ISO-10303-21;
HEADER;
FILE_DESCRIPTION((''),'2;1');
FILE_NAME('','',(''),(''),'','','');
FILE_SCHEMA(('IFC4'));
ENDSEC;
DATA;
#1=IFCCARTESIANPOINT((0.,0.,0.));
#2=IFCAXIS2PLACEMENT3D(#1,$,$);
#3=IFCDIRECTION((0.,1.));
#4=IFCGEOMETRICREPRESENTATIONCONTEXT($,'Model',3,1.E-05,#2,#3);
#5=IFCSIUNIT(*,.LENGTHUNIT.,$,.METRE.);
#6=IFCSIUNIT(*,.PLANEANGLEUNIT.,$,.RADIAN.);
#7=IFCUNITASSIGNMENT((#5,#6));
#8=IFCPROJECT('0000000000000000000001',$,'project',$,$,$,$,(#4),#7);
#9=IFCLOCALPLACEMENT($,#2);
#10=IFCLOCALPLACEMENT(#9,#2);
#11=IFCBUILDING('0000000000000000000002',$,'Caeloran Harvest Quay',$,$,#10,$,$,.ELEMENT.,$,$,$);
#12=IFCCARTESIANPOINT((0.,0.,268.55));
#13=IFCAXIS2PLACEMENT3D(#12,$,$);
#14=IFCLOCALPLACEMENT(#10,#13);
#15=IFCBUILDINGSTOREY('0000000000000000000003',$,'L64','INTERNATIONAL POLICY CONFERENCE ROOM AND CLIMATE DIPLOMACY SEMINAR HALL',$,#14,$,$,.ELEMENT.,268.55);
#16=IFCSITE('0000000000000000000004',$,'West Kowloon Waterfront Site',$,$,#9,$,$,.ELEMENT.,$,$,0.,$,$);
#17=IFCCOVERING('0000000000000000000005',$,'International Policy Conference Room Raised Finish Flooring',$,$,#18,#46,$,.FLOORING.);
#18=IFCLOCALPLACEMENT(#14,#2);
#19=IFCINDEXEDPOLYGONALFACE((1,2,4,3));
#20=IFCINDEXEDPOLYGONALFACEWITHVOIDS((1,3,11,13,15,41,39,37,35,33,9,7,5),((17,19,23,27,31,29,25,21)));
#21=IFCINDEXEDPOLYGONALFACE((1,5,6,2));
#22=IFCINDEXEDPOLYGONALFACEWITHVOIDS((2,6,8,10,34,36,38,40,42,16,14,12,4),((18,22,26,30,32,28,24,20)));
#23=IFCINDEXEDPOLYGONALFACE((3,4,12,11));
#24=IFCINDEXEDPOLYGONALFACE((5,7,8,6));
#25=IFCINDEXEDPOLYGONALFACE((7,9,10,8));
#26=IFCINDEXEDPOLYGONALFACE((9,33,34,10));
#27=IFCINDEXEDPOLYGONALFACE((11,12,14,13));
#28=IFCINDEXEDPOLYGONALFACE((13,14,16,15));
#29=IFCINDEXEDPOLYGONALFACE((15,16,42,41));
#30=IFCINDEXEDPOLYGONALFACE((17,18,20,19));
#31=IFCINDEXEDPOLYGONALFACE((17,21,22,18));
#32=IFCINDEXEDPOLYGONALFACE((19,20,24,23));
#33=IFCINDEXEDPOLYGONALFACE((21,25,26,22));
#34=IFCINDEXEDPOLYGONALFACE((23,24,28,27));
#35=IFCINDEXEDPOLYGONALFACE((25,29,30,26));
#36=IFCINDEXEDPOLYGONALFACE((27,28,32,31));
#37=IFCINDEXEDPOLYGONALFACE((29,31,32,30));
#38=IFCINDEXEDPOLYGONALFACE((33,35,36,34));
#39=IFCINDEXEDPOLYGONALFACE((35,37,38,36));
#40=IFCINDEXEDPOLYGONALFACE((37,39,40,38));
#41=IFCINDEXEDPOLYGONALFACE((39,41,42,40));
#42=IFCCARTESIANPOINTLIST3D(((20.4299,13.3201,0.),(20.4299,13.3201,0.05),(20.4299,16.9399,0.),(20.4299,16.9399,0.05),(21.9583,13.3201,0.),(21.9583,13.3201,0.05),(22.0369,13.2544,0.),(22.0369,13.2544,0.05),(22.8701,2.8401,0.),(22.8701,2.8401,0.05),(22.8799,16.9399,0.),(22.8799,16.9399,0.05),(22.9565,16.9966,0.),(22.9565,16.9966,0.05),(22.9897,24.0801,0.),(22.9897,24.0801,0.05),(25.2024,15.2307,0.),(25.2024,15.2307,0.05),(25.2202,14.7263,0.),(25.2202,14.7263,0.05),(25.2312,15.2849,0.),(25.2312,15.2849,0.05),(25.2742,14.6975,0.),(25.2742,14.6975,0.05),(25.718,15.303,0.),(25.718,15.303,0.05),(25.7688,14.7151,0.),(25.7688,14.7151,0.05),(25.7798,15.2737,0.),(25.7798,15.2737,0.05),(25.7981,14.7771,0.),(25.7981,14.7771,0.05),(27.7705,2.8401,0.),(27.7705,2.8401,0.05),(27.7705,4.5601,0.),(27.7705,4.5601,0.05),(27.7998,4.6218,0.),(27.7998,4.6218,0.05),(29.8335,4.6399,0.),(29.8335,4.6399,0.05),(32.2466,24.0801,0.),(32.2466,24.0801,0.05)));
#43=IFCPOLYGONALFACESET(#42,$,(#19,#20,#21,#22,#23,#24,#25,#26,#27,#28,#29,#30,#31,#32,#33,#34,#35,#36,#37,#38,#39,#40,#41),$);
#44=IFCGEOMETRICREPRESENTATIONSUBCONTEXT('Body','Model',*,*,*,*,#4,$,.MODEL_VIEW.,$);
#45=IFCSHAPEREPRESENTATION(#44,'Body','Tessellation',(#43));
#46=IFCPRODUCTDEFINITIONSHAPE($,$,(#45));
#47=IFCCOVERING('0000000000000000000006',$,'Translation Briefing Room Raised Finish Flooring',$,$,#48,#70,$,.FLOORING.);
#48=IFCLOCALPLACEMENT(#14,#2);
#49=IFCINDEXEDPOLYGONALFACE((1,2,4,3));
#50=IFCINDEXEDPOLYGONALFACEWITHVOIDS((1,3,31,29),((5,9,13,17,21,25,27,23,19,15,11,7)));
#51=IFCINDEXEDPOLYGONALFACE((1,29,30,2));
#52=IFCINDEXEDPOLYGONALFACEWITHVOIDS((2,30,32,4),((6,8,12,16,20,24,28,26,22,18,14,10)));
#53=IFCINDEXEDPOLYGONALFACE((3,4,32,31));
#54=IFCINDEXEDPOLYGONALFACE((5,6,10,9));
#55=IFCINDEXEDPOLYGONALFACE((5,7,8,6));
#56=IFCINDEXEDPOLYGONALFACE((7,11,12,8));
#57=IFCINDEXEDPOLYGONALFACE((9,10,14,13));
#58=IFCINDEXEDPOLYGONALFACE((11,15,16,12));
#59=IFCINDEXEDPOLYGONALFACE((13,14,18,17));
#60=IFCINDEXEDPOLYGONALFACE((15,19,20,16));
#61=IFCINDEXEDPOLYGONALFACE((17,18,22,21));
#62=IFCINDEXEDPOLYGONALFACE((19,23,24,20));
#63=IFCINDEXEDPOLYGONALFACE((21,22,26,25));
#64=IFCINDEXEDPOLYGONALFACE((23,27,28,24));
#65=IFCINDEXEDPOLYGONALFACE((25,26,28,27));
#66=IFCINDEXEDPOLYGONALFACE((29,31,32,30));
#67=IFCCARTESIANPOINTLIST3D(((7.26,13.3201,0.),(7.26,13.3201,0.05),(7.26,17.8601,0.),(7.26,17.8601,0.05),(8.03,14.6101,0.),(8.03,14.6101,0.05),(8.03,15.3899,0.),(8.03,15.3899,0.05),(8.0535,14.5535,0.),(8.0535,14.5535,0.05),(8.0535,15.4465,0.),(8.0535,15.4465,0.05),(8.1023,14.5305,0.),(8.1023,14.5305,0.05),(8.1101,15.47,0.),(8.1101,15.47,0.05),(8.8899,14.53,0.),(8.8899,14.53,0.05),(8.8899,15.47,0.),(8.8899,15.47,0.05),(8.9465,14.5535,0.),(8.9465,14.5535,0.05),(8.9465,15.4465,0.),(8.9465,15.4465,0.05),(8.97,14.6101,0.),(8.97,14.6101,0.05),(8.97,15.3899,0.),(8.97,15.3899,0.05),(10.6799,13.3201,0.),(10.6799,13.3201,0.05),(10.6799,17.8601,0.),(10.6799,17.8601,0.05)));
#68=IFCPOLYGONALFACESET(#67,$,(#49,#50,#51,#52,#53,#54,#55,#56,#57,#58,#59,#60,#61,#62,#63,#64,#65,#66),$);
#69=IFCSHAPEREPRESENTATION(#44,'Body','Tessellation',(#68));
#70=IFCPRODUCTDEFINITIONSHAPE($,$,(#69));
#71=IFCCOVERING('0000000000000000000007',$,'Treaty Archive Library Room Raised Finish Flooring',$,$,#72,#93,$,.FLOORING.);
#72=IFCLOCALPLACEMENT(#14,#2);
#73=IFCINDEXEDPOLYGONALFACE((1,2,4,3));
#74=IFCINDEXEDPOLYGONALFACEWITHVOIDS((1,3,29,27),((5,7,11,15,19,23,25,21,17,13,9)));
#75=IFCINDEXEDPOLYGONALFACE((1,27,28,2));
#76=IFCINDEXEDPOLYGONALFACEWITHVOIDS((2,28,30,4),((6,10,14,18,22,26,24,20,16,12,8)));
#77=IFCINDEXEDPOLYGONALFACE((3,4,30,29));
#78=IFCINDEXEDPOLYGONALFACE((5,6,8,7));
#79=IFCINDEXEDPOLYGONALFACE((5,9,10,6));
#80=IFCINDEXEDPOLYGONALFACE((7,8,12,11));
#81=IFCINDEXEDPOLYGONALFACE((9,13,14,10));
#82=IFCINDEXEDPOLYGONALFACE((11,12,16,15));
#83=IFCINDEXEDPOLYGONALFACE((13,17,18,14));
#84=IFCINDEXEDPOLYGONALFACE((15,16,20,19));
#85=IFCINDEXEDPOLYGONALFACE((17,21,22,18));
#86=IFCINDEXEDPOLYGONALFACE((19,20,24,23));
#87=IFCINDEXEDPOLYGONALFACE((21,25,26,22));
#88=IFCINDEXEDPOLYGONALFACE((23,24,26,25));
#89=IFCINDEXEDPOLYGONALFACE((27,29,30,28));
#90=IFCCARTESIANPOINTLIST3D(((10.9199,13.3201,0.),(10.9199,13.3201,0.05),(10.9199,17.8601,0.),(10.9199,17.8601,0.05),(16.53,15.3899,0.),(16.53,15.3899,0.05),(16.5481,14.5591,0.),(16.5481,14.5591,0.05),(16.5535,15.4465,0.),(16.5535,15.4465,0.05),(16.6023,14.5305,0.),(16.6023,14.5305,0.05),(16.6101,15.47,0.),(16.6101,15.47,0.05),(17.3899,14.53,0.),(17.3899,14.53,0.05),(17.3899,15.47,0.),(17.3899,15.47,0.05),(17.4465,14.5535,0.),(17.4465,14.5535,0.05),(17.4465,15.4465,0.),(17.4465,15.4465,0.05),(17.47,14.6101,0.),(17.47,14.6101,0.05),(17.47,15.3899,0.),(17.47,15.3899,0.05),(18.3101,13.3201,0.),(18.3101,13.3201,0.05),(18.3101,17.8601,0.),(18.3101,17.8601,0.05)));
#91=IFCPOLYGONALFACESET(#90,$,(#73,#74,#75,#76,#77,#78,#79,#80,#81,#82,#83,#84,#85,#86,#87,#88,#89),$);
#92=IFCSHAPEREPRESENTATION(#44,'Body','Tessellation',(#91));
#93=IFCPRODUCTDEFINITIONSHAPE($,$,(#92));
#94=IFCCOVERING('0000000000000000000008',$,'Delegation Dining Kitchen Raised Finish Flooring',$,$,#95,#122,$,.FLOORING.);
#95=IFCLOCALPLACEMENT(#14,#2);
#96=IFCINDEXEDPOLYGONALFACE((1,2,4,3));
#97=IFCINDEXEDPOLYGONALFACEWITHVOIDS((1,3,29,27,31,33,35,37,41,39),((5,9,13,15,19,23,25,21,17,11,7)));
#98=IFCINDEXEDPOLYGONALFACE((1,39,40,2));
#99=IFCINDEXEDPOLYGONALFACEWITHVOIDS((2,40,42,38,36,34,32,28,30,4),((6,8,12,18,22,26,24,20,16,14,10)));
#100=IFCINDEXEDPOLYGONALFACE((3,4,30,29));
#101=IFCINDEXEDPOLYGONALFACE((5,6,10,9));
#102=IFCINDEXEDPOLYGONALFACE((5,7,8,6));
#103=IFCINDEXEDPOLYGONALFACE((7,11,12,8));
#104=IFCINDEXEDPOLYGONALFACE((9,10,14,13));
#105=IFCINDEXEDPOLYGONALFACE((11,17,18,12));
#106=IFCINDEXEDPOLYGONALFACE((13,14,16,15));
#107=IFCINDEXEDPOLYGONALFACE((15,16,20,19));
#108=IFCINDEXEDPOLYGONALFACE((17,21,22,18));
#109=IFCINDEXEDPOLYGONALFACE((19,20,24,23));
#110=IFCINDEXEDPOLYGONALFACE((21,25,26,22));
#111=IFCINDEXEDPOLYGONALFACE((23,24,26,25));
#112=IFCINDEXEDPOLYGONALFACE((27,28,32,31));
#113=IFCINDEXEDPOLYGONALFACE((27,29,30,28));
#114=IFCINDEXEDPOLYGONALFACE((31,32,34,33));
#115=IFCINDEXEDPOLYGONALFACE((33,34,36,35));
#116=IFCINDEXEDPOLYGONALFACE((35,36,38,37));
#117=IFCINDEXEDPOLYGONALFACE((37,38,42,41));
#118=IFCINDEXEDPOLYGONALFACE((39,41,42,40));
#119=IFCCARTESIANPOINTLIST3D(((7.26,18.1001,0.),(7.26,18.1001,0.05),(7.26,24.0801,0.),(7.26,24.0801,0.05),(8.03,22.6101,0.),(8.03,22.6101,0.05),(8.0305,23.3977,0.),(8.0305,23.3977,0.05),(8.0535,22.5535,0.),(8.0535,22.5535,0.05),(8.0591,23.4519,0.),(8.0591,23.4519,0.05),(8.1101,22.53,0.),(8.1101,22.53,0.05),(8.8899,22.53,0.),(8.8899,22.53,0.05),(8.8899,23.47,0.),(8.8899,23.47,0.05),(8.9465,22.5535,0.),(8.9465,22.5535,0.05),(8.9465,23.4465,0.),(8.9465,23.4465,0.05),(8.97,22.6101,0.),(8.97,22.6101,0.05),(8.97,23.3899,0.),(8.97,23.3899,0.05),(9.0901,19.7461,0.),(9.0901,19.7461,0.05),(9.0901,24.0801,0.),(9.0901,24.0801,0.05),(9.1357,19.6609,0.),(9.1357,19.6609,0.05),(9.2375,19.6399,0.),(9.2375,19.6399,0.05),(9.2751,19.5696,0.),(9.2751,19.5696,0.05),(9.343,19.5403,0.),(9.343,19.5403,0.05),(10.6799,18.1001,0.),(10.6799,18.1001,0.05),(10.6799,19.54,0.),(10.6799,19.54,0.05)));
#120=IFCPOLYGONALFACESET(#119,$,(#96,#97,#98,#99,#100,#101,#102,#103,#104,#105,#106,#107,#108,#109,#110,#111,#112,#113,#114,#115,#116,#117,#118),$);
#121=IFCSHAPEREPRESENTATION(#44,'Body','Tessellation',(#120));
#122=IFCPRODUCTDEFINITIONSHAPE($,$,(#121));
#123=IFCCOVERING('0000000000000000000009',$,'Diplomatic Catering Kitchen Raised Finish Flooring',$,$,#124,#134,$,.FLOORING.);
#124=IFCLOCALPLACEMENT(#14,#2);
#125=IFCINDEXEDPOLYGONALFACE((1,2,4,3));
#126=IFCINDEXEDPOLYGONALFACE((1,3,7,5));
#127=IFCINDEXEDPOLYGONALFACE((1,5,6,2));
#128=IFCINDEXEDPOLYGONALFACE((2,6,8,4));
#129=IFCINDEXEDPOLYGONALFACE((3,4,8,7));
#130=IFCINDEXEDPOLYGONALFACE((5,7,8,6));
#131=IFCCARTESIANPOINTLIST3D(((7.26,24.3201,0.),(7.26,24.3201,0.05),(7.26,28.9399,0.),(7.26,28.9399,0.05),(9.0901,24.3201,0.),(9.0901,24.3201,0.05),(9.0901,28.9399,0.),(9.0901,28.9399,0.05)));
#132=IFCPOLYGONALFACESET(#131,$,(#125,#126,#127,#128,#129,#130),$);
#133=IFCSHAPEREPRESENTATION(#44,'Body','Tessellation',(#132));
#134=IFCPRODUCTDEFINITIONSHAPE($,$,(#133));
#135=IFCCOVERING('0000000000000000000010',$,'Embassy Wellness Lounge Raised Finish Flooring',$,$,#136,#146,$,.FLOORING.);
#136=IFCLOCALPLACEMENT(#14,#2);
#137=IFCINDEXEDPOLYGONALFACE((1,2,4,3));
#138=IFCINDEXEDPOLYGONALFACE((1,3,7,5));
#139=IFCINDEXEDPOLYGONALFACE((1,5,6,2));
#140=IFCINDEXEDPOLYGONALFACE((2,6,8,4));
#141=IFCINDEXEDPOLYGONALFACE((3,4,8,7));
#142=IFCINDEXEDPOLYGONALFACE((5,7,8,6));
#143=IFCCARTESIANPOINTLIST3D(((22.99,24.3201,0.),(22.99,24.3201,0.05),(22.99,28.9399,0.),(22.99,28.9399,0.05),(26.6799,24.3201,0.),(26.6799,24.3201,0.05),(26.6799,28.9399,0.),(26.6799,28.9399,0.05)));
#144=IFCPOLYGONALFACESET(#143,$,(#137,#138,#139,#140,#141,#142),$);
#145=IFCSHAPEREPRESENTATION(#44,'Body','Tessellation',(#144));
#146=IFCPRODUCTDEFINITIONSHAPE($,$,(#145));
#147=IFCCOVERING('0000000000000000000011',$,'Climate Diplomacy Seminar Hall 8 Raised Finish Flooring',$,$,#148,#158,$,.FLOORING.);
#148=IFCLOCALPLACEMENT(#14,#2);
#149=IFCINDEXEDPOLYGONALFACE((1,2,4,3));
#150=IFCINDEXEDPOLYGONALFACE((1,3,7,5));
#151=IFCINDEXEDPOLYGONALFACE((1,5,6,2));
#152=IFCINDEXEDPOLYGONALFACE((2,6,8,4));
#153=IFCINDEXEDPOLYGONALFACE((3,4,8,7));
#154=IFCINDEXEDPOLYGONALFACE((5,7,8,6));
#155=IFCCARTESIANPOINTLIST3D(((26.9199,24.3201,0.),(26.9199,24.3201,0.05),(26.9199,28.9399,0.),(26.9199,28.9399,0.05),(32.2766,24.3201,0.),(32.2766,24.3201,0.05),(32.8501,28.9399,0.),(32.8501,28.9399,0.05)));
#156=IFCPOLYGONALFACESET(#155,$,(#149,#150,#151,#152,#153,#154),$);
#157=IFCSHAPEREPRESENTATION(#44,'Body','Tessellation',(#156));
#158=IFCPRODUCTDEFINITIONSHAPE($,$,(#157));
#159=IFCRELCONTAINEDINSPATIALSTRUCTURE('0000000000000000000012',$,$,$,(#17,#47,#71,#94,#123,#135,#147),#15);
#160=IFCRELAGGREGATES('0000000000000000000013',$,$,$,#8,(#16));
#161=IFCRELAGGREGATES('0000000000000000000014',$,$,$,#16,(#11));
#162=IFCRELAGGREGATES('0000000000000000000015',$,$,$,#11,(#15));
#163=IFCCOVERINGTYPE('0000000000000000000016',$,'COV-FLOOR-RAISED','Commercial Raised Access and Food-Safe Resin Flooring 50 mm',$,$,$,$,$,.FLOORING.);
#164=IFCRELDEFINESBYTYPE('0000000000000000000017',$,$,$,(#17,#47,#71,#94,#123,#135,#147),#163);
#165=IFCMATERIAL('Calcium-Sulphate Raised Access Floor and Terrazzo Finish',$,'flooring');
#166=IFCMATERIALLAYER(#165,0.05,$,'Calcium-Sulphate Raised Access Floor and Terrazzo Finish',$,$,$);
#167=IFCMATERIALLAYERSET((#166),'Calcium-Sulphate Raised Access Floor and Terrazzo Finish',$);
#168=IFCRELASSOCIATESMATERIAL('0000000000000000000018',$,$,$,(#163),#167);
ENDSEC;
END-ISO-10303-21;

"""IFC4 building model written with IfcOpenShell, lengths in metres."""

from ifc_helpers import new_model, si_unit, direction, frame, origin, place, context, subcontext, project, spatial, polyline, outline, extrude, material, layer, layer_set, type_object, element, save


model = new_model("IFC4")

# Units and contexts
model_context = context("Model", 3, precision=1e-05, world=origin(), true_north=direction((0.0, 1.0)))
body_context = subcontext(model_context, "Body", "Model", "MODEL_VIEW")
ifc_project = project(units=[si_unit("LENGTHUNIT", "METRE"), si_unit("PLANEANGLEUNIT", "RADIAN")], contexts=[model_context])

# Site, building, storey
site_placement = place(None, origin())
site = spatial("IfcSite", under=ifc_project, at=site_placement, Name="West Kowloon Waterfront Site", CompositionType="ELEMENT", RefElevation=0.0)
building_placement = place(site_placement, origin())
building = spatial("IfcBuilding", under=site, at=building_placement, Name="Caeloran Harvest Quay", CompositionType="ELEMENT")
storey_placement = place(building_placement, frame((0.0, 0.0, 268.55)))
storey = spatial("IfcBuildingStorey", under=building, at=storey_placement, Name="L64", Description="INTERNATIONAL POLICY CONFERENCE ROOM AND CLIMATE DIPLOMACY SEMINAR HALL", CompositionType="ELEMENT", Elevation=268.55)

# Coverings
ifc_material_1 = material(Name="Calcium-Sulphate Raised Access Floor and Terrazzo Finish", Category="flooring")
ifc_layer_1 = layer(ifc_material_1, 0.05, Name="Calcium-Sulphate Raised Access Floor and Terrazzo Finish")
ifc_layer_set_1 = layer_set([ifc_layer_1], Name="Calcium-Sulphate Raised Access Floor and Terrazzo Finish")
covering_type_1 = type_object("IfcCoveringType", Name="COV-FLOOR-RAISED", Description="Commercial Raised Access and Food-Safe Resin Flooring 50 mm", PredefinedType="FLOORING", material=ifc_layer_set_1)
covering_1_placement = place(storey_placement, origin())
element("IfcCovering", 1, at=covering_1_placement, inside=storey, type_object=covering_type_1, Name="International Policy Conference Room Raised Finish Flooring", PredefinedType="FLOORING", context=body_context, shape_type="SweptSolid", body=[
    extrude(outline(polyline([(32.2466, 24.0801), (29.8335, 4.6399), (27.7998, 4.6218), (27.7705, 4.5601), (27.7705, 2.8401), (22.8701, 2.8401), (22.0369, 13.2544), (21.9583, 13.3201), (20.4299, 13.3201), (20.4299, 16.9399), (22.8799, 16.9399), (22.9565, 16.9966), (22.9897, 24.0801), (32.2466, 24.0801)]), holes=[polyline([(25.2024, 15.2307), (25.2202, 14.7263), (25.2742, 14.6975), (25.7688, 14.7151), (25.7981, 14.7771), (25.7798, 15.2737), (25.718, 15.303), (25.2312, 15.2849), (25.2024, 15.2307)])]), origin(), (0.0, 0.0, 1.0), 0.05),
])
covering_2_placement = place(storey_placement, origin())
element("IfcCovering", 2, at=covering_2_placement, inside=storey, type_object=covering_type_1, Name="Translation Briefing Room Raised Finish Flooring", PredefinedType="FLOORING", context=body_context, shape_type="SweptSolid", body=[
    extrude(outline(polyline([(7.26, 13.3201), (7.26, 17.8601), (10.6799, 17.8601), (10.6799, 13.3201), (7.26, 13.3201)]), holes=[polyline([(8.03, 14.6101), (8.0535, 14.5535), (8.1023, 14.5305), (8.8899, 14.53), (8.9465, 14.5535), (8.97, 14.6101), (8.97, 15.3899), (8.9465, 15.4465), (8.8899, 15.47), (8.1101, 15.47), (8.0535, 15.4465), (8.03, 15.3899), (8.03, 14.6101)])]), origin(), (0.0, 0.0, 1.0), 0.05),
])
covering_3_placement = place(storey_placement, origin())
element("IfcCovering", 3, at=covering_3_placement, inside=storey, type_object=covering_type_1, Name="Treaty Archive Library Room Raised Finish Flooring", PredefinedType="FLOORING", context=body_context, shape_type="SweptSolid", body=[
    extrude(outline(polyline([(18.3101, 17.8601), (18.3101, 13.3201), (10.9199, 13.3201), (10.9199, 17.8601), (18.3101, 17.8601)]), holes=[polyline([(16.53, 15.3899), (16.5481, 14.5591), (16.6023, 14.5305), (17.3899, 14.53), (17.4465, 14.5535), (17.47, 14.6101), (17.47, 15.3899), (17.4465, 15.4465), (17.3899, 15.47), (16.6101, 15.47), (16.5535, 15.4465), (16.53, 15.3899)])]), origin(), (0.0, 0.0, 1.0), 0.05),
])
covering_4_placement = place(storey_placement, origin())
element("IfcCovering", 4, at=covering_4_placement, inside=storey, type_object=covering_type_1, Name="Delegation Dining Kitchen Raised Finish Flooring", PredefinedType="FLOORING", context=body_context, shape_type="SweptSolid", body=[
    extrude(outline(polyline([(9.2375, 19.6399), (9.2751, 19.5696), (9.343, 19.5403), (10.6799, 19.54), (10.6799, 18.1001), (7.26, 18.1001), (7.26, 24.0801), (9.0901, 24.0801), (9.0901, 19.7461), (9.1357, 19.6609), (9.2375, 19.6399)]), holes=[polyline([(8.8899, 23.47), (8.0591, 23.4519), (8.0305, 23.3977), (8.03, 22.6101), (8.0535, 22.5535), (8.1101, 22.53), (8.8899, 22.53), (8.9465, 22.5535), (8.97, 22.6101), (8.97, 23.3899), (8.9465, 23.4465), (8.8899, 23.47)])]), origin(), (0.0, 0.0, 1.0), 0.05),
])
covering_5_placement = place(storey_placement, origin())
element("IfcCovering", 5, at=covering_5_placement, inside=storey, type_object=covering_type_1, Name="Diplomatic Catering Kitchen Raised Finish Flooring", PredefinedType="FLOORING", context=body_context, shape_type="SweptSolid", body=[
    extrude(outline(polyline([(7.26, 24.3201), (7.26, 28.9399), (9.0901, 28.9399), (9.0901, 24.3201), (7.26, 24.3201)])), origin(), (0.0, 0.0, 1.0), 0.05),
])
covering_6_placement = place(storey_placement, origin())
element("IfcCovering", 6, at=covering_6_placement, inside=storey, type_object=covering_type_1, Name="Embassy Wellness Lounge Raised Finish Flooring", PredefinedType="FLOORING", context=body_context, shape_type="SweptSolid", body=[
    extrude(outline(polyline([(22.99, 24.3201), (22.99, 28.9399), (26.6799, 28.9399), (26.6799, 24.3201), (22.99, 24.3201)])), origin(), (0.0, 0.0, 1.0), 0.05),
])
covering_7_placement = place(storey_placement, origin())
element("IfcCovering", 7, at=covering_7_placement, inside=storey, type_object=covering_type_1, Name="Climate Diplomacy Seminar Hall 8 Raised Finish Flooring", PredefinedType="FLOORING", context=body_context, shape_type="SweptSolid", body=[
    extrude(outline(polyline([(26.9199, 28.9399), (32.8501, 28.9399), (32.2766, 24.3201), (26.9199, 24.3201), (26.9199, 28.9399)])), origin(), (0.0, 0.0, 1.0), 0.05),
])

save(model, "model.ifc")
